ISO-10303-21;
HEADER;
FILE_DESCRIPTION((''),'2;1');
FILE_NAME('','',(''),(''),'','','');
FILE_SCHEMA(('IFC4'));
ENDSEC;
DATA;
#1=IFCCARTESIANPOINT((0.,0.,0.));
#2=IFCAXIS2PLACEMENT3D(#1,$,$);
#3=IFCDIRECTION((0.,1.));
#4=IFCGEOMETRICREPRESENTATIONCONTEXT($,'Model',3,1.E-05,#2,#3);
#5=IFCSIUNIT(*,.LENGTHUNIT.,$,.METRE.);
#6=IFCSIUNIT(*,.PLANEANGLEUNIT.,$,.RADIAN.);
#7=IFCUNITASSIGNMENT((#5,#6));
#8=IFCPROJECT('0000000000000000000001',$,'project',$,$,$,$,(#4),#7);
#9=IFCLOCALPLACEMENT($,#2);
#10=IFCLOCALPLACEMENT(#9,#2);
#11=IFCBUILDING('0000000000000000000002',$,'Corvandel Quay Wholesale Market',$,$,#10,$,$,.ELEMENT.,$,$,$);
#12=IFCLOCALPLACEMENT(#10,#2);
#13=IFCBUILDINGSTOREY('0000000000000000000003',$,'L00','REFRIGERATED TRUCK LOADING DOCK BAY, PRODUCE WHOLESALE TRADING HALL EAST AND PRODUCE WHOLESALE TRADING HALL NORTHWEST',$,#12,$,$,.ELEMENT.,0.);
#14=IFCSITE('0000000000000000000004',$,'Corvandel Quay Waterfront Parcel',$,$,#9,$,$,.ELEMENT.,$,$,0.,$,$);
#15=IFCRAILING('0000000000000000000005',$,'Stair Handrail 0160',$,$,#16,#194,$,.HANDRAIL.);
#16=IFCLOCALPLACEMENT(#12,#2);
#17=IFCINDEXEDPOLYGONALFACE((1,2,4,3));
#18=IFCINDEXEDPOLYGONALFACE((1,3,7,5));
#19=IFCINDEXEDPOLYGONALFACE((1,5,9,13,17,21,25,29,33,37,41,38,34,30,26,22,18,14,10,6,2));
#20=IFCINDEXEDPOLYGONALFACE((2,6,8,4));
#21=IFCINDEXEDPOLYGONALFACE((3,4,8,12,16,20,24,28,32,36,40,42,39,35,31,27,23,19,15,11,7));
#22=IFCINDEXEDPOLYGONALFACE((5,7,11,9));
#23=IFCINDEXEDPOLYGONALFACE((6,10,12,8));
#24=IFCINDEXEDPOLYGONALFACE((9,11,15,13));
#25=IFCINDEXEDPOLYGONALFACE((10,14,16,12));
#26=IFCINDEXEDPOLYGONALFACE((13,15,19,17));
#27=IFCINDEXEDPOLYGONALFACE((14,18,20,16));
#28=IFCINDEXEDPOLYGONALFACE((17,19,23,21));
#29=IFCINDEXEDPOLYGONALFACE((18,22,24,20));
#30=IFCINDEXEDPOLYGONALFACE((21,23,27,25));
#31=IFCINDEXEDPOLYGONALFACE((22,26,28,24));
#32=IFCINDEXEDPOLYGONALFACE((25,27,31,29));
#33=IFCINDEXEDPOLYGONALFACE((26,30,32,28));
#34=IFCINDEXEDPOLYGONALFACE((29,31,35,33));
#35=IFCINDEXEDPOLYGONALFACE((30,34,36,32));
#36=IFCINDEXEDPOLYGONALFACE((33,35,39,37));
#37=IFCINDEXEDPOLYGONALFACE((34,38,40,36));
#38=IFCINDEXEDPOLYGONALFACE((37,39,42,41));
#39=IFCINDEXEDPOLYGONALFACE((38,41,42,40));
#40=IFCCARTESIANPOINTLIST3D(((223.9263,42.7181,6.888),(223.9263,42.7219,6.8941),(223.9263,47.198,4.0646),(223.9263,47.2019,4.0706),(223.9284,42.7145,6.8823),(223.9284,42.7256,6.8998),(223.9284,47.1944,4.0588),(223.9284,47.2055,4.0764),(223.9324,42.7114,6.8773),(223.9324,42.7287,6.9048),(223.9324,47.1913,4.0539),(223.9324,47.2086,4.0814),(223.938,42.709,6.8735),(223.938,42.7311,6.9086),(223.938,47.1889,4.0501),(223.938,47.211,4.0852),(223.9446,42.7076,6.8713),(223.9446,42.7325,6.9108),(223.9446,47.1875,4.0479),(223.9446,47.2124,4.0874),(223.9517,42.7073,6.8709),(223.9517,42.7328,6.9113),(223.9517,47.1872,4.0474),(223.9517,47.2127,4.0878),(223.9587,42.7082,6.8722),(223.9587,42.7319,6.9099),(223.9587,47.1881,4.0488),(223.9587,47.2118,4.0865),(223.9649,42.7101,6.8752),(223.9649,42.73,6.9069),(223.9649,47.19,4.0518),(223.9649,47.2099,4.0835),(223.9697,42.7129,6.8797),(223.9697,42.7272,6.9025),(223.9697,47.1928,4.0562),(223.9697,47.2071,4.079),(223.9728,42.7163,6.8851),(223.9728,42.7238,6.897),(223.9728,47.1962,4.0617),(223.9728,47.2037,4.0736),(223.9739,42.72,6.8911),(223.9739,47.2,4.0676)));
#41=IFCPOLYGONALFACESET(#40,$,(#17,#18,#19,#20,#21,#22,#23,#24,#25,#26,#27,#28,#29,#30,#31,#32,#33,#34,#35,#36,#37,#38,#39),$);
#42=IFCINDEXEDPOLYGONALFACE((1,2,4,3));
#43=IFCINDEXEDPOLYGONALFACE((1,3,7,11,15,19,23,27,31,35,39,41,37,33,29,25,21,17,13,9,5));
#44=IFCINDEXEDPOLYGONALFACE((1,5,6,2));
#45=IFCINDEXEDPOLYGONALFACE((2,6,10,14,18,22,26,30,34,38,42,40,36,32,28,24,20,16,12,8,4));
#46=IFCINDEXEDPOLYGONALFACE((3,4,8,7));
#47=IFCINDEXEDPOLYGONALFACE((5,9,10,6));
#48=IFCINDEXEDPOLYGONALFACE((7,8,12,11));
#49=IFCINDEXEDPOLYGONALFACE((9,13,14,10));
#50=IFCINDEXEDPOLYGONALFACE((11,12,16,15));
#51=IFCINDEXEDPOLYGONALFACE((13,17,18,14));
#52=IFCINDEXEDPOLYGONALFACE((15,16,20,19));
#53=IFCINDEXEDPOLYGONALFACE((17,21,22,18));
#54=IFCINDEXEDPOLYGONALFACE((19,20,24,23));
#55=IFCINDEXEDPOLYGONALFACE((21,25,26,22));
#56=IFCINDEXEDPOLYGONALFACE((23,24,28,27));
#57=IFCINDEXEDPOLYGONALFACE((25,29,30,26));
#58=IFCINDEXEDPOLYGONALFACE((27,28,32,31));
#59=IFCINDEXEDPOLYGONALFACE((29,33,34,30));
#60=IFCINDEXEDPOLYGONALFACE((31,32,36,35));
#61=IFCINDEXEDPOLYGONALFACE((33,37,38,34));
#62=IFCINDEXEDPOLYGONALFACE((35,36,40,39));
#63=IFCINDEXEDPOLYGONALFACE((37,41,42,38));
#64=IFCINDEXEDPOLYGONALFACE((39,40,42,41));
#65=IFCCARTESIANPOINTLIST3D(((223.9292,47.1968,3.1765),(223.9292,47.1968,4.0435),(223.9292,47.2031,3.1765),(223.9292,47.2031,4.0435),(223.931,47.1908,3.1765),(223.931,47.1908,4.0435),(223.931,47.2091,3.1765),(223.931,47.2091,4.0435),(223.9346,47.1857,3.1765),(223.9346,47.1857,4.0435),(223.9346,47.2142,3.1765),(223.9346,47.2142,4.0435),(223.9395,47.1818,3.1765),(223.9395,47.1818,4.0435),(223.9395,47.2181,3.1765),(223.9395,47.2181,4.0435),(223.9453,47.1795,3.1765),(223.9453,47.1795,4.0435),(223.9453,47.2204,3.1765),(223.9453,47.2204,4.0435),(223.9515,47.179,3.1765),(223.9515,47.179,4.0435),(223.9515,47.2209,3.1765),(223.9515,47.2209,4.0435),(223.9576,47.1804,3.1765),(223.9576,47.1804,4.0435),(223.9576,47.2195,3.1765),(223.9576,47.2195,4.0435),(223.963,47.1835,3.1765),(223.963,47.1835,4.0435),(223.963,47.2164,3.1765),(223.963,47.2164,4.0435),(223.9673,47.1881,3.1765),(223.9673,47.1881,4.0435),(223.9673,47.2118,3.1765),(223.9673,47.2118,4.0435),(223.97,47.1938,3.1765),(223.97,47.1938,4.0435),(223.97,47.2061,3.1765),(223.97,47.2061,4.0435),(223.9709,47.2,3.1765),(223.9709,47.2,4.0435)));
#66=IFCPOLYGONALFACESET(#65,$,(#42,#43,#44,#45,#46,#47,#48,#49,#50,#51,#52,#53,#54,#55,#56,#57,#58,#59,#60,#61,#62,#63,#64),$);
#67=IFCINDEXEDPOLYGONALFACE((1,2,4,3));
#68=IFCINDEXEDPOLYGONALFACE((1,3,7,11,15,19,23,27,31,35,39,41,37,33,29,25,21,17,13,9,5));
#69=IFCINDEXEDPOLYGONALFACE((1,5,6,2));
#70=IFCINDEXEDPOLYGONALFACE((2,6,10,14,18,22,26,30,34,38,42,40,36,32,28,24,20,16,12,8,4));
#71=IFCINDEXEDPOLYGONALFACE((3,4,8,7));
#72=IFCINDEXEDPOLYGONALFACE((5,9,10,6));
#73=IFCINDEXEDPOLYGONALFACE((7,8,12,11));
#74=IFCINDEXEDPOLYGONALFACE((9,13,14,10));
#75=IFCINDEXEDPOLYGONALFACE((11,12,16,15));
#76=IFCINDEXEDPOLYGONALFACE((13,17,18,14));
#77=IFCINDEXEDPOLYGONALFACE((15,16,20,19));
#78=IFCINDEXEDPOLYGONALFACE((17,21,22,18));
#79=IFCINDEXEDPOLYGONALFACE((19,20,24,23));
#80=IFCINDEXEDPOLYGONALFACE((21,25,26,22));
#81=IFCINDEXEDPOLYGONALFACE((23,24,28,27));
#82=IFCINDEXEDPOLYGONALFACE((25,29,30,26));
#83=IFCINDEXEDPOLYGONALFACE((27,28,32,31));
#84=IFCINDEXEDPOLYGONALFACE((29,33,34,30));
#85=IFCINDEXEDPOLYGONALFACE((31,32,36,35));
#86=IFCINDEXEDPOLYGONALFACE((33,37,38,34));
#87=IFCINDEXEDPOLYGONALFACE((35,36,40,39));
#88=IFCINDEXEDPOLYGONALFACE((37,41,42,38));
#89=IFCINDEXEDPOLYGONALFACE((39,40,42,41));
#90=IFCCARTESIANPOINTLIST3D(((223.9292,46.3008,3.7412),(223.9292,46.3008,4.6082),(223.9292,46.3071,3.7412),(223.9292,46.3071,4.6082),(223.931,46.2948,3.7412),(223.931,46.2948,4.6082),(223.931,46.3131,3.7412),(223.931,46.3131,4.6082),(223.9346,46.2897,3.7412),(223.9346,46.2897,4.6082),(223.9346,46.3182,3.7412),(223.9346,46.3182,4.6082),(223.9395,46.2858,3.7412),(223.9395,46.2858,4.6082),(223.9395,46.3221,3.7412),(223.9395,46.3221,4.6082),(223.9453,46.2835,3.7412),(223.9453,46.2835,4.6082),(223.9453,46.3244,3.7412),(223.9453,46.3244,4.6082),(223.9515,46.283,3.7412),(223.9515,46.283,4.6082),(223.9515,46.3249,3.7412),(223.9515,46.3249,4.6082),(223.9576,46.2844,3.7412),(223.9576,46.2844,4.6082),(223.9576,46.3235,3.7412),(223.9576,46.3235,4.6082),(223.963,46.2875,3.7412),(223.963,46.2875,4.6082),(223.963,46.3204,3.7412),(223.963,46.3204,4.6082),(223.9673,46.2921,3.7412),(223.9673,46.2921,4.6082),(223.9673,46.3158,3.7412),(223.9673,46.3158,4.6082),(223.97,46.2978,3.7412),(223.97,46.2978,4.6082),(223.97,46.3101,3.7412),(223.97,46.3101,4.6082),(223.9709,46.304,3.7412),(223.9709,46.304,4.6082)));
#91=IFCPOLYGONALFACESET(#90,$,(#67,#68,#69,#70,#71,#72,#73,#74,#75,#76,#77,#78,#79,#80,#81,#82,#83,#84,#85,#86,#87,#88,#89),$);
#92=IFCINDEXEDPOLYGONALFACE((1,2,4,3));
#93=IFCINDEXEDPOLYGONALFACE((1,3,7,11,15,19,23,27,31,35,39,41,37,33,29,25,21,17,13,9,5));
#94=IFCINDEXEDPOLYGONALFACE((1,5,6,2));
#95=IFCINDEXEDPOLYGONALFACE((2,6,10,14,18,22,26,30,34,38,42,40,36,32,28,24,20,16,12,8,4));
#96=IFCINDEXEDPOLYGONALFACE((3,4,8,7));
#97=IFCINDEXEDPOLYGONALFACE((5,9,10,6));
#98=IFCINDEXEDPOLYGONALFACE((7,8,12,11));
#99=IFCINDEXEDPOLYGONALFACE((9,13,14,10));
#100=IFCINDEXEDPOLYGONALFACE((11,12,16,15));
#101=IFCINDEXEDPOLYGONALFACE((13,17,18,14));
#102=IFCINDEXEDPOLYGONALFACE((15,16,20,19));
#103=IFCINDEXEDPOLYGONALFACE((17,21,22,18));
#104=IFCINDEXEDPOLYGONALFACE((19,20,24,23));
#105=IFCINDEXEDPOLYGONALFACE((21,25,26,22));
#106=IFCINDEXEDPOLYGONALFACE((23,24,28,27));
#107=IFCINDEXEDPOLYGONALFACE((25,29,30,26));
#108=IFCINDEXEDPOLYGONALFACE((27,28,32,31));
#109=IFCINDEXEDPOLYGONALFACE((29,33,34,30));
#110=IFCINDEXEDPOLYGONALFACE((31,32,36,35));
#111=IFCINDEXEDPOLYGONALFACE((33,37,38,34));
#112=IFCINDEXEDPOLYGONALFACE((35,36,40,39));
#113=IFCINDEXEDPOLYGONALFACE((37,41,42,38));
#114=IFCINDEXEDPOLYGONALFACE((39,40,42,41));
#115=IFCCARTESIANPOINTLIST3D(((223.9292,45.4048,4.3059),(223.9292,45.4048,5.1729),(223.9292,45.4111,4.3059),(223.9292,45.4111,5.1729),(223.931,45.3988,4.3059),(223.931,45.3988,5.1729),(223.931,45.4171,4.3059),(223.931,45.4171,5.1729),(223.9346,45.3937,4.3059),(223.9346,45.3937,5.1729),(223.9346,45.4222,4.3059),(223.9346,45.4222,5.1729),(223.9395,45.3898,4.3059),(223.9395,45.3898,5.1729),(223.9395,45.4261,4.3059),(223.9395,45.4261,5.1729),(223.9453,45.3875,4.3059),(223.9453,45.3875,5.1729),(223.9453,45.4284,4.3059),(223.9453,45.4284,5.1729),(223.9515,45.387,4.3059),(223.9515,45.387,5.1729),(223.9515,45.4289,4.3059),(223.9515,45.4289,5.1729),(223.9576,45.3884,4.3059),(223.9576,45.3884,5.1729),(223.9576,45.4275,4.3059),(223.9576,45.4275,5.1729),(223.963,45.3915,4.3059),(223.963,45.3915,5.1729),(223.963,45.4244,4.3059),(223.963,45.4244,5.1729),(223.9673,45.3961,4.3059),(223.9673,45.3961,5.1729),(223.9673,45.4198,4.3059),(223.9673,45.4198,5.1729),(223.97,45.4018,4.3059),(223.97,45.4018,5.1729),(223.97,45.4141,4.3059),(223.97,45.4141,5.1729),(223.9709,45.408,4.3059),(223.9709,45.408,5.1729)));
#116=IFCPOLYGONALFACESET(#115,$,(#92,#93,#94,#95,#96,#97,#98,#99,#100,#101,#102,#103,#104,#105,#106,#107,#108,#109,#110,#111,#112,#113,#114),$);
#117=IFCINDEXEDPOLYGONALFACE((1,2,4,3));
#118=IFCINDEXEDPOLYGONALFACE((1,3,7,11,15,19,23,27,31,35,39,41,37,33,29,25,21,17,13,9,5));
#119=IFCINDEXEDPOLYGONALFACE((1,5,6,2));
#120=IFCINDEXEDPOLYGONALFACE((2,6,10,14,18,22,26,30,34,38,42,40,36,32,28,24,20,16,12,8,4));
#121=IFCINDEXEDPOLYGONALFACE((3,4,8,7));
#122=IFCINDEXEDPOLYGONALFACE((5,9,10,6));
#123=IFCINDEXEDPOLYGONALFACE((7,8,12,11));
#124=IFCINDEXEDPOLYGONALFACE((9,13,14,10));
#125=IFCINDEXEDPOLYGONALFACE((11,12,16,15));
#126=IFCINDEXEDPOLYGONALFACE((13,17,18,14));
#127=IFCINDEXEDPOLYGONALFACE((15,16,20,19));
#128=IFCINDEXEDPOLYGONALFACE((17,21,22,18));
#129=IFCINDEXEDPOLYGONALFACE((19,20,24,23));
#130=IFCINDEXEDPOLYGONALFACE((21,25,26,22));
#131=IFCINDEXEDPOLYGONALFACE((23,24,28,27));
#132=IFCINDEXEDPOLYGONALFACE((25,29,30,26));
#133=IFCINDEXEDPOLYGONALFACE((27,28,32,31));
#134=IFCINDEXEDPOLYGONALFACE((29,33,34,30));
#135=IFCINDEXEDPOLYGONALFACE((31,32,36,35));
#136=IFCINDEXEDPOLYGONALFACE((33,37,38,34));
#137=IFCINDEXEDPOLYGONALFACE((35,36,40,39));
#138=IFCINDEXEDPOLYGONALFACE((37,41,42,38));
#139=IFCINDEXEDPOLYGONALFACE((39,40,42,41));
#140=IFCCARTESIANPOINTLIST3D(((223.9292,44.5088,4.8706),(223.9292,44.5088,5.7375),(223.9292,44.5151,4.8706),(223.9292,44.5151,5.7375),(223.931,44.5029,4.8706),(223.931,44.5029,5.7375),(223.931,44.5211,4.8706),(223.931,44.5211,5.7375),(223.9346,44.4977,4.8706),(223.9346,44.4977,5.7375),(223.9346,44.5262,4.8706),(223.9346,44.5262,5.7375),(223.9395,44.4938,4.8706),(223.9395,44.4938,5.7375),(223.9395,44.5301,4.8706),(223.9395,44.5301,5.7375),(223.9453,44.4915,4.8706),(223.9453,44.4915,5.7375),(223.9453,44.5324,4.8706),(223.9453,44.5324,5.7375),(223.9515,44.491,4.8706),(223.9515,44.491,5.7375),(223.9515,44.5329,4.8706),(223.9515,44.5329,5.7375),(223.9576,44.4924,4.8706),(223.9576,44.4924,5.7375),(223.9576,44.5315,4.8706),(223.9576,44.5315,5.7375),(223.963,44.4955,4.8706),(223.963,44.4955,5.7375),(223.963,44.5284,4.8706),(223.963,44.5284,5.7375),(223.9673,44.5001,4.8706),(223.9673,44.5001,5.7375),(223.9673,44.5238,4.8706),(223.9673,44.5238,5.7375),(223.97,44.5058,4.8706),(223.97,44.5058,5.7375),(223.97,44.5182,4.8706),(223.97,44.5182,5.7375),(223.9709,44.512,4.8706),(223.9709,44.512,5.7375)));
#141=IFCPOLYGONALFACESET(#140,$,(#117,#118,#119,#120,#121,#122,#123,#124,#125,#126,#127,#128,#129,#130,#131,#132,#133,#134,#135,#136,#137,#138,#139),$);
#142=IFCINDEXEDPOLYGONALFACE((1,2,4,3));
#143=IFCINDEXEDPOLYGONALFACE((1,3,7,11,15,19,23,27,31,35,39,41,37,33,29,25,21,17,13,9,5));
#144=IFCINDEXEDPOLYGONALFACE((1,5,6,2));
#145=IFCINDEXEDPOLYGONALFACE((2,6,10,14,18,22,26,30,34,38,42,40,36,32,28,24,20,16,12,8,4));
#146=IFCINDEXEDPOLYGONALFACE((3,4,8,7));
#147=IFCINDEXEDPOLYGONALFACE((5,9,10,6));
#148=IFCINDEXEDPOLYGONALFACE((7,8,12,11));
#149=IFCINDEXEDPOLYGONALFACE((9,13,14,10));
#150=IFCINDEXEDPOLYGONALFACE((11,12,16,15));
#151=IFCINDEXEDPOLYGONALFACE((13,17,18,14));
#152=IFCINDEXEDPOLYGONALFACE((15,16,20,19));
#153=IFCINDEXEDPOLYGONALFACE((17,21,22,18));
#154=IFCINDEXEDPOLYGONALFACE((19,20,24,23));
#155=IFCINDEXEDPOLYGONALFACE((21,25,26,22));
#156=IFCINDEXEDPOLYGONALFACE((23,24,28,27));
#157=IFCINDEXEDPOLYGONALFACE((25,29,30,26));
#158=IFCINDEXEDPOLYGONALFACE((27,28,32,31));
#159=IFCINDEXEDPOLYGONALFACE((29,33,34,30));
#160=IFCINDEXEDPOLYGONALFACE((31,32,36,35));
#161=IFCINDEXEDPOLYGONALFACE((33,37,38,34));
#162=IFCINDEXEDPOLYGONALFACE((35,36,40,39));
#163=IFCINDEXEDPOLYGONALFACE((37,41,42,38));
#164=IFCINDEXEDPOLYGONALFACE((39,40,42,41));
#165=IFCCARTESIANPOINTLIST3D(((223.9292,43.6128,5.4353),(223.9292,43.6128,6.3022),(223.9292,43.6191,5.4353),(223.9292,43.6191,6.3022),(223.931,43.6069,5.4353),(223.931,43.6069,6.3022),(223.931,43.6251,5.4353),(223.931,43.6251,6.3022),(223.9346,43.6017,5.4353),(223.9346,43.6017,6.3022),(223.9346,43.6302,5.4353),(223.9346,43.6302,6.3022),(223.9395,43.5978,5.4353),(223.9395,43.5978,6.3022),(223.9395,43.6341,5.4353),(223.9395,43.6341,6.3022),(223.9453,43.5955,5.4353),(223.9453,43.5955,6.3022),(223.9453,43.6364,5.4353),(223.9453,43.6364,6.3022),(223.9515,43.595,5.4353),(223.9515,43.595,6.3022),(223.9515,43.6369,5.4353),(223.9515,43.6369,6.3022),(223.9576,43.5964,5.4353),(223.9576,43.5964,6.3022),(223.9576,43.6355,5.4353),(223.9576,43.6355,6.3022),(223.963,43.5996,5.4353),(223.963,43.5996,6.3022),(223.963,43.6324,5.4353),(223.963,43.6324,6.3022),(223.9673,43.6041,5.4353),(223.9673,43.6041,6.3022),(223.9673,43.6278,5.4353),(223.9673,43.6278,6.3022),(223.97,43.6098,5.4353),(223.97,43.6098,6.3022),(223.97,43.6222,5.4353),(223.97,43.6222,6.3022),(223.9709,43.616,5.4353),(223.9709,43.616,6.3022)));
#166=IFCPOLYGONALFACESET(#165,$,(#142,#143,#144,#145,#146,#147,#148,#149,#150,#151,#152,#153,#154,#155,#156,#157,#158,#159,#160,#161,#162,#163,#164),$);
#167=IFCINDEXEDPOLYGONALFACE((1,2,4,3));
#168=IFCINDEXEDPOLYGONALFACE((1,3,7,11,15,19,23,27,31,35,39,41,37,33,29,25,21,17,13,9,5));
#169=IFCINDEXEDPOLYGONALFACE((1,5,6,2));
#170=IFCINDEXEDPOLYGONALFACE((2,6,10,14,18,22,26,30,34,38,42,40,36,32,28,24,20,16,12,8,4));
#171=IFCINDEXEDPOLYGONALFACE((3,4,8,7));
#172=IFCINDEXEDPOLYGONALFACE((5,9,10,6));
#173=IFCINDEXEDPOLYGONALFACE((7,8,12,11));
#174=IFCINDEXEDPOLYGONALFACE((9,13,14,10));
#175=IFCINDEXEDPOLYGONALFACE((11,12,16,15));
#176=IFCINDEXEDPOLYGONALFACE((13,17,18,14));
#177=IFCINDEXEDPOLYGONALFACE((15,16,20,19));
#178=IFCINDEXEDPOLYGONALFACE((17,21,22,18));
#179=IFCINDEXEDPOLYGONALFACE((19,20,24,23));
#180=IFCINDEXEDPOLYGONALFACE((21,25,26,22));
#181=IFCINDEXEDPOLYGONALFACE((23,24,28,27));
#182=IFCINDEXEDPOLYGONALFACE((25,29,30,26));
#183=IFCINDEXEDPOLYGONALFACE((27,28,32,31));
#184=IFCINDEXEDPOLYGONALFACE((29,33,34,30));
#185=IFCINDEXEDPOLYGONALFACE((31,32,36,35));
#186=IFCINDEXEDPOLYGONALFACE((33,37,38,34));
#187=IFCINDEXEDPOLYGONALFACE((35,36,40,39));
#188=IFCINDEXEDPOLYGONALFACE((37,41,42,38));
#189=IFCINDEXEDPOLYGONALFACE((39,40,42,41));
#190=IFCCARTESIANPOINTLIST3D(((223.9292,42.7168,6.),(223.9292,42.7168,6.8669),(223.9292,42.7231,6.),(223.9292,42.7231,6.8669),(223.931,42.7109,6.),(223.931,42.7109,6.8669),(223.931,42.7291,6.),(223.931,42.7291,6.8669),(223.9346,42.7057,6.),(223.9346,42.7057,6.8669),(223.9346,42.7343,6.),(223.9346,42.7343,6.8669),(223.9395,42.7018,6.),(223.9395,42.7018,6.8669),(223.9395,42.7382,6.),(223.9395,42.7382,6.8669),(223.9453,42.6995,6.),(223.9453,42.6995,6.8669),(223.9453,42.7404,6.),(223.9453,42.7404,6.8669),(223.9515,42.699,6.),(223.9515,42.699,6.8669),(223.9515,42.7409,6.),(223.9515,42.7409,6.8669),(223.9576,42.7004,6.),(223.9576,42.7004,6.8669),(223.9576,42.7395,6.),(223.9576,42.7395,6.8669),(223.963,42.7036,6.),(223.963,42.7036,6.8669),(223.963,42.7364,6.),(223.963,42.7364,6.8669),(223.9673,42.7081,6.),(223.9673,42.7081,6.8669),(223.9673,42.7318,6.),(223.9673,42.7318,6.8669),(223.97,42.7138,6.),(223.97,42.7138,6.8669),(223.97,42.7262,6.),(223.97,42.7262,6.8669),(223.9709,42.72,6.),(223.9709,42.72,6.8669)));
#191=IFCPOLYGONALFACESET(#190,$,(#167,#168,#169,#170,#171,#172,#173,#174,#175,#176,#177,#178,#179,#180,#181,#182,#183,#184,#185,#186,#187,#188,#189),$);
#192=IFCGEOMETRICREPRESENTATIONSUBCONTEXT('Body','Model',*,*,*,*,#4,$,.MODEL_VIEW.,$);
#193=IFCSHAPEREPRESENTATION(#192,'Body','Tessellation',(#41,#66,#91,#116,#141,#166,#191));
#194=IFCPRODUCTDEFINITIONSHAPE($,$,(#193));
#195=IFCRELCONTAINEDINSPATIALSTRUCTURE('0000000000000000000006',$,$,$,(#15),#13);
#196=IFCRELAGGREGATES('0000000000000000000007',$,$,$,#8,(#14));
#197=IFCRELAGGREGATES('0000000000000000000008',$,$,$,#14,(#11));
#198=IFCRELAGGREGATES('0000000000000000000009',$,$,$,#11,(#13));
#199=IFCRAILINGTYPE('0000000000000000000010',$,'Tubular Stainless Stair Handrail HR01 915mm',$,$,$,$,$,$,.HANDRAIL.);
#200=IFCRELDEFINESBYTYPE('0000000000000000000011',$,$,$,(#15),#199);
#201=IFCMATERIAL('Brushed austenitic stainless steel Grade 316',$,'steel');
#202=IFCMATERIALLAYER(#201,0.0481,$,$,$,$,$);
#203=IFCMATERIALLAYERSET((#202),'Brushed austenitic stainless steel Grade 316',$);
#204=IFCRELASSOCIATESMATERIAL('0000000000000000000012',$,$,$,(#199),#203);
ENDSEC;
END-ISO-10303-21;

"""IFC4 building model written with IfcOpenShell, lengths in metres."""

from ifc_helpers import new_model, si_unit, direction, frame, origin, origin_2d, place, context, subcontext, project, spatial, circle, extrude, material, layer, layer_set, type_object, element, save


model = new_model("IFC4")

# Units and contexts
model_context = context("Model", 3, precision=1e-05, world=origin(), true_north=direction((0.0, 1.0)))
body_context = subcontext(model_context, "Body", "Model", "MODEL_VIEW")
ifc_project = project(units=[si_unit("LENGTHUNIT", "METRE"), si_unit("PLANEANGLEUNIT", "RADIAN")], contexts=[model_context])

# Site, building, storey
site_placement = place(None, origin())
site = spatial("IfcSite", under=ifc_project, at=site_placement, Name="Corvandel Quay Waterfront Parcel", CompositionType="ELEMENT", RefElevation=0.0)
building_placement = place(site_placement, origin())
building = spatial("IfcBuilding", under=site, at=building_placement, Name="Corvandel Quay Wholesale Market", CompositionType="ELEMENT")
storey_placement = place(building_placement, origin())
storey = spatial("IfcBuildingStorey", under=building, at=storey_placement, Name="L00", Description="REFRIGERATED TRUCK LOADING DOCK BAY, PRODUCE WHOLESALE TRADING HALL EAST AND PRODUCE WHOLESALE TRADING HALL NORTHWEST", CompositionType="ELEMENT", Elevation=0.0)

# Railing
ifc_material_1 = material(Name="Brushed austenitic stainless steel Grade 316", Category="steel")
ifc_layer_1 = layer(ifc_material_1, 0.0481)
ifc_layer_set_1 = layer_set([ifc_layer_1], Name="Brushed austenitic stainless steel Grade 316")
railing_type_1 = type_object("IfcRailingType", Name="Tubular Stainless Stair Handrail HR01 915mm", PredefinedType="HANDRAIL", material=ifc_layer_set_1)
for number, where, name in (
    (1, (223.95, 47.2, 3.1765), "Stair Handrail 0160"),
):
    element("IfcRailing", number, at=place(storey_placement, frame(where)), inside=storey, type_object=railing_type_1, Name=name, PredefinedType="HANDRAIL", context=body_context, shape_type="SweptSolid", body=[
        extrude(circle(Radius=0.0239, at=origin_2d()), frame((0.0, 0.0, 0.8911), z_axis=(0.0, -0.845998, 0.533186), x_axis=(1.0, 0.0, 0.0)), (0.0, 0.0, 1.0), 5.2954),
        extrude(circle(Radius=0.021, at=origin_2d()), origin(), (0.0, 0.0, 1.0), 0.8669),
        extrude(circle(Radius=0.021, at=origin_2d()), frame((0.0, -0.896, 0.5647)), (0.0, 0.0, 1.0), 0.8669),
        extrude(circle(Radius=0.021, at=origin_2d()), frame((0.0, -1.792, 1.1294)), (0.0, 0.0, 1.0), 0.8669),
        extrude(circle(Radius=0.021, at=origin_2d()), frame((0.0, -2.688, 1.6941)), (0.0, 0.0, 1.0), 0.8669),
        extrude(circle(Radius=0.021, at=origin_2d()), frame((0.0, -3.584, 2.2588)), (0.0, 0.0, 1.0), 0.8669),
        extrude(circle(Radius=0.021, at=origin_2d()), frame((0.0, -4.48, 2.8235)), (0.0, 0.0, 1.0), 0.8669),
    ])

save(model, "model.ifc")
